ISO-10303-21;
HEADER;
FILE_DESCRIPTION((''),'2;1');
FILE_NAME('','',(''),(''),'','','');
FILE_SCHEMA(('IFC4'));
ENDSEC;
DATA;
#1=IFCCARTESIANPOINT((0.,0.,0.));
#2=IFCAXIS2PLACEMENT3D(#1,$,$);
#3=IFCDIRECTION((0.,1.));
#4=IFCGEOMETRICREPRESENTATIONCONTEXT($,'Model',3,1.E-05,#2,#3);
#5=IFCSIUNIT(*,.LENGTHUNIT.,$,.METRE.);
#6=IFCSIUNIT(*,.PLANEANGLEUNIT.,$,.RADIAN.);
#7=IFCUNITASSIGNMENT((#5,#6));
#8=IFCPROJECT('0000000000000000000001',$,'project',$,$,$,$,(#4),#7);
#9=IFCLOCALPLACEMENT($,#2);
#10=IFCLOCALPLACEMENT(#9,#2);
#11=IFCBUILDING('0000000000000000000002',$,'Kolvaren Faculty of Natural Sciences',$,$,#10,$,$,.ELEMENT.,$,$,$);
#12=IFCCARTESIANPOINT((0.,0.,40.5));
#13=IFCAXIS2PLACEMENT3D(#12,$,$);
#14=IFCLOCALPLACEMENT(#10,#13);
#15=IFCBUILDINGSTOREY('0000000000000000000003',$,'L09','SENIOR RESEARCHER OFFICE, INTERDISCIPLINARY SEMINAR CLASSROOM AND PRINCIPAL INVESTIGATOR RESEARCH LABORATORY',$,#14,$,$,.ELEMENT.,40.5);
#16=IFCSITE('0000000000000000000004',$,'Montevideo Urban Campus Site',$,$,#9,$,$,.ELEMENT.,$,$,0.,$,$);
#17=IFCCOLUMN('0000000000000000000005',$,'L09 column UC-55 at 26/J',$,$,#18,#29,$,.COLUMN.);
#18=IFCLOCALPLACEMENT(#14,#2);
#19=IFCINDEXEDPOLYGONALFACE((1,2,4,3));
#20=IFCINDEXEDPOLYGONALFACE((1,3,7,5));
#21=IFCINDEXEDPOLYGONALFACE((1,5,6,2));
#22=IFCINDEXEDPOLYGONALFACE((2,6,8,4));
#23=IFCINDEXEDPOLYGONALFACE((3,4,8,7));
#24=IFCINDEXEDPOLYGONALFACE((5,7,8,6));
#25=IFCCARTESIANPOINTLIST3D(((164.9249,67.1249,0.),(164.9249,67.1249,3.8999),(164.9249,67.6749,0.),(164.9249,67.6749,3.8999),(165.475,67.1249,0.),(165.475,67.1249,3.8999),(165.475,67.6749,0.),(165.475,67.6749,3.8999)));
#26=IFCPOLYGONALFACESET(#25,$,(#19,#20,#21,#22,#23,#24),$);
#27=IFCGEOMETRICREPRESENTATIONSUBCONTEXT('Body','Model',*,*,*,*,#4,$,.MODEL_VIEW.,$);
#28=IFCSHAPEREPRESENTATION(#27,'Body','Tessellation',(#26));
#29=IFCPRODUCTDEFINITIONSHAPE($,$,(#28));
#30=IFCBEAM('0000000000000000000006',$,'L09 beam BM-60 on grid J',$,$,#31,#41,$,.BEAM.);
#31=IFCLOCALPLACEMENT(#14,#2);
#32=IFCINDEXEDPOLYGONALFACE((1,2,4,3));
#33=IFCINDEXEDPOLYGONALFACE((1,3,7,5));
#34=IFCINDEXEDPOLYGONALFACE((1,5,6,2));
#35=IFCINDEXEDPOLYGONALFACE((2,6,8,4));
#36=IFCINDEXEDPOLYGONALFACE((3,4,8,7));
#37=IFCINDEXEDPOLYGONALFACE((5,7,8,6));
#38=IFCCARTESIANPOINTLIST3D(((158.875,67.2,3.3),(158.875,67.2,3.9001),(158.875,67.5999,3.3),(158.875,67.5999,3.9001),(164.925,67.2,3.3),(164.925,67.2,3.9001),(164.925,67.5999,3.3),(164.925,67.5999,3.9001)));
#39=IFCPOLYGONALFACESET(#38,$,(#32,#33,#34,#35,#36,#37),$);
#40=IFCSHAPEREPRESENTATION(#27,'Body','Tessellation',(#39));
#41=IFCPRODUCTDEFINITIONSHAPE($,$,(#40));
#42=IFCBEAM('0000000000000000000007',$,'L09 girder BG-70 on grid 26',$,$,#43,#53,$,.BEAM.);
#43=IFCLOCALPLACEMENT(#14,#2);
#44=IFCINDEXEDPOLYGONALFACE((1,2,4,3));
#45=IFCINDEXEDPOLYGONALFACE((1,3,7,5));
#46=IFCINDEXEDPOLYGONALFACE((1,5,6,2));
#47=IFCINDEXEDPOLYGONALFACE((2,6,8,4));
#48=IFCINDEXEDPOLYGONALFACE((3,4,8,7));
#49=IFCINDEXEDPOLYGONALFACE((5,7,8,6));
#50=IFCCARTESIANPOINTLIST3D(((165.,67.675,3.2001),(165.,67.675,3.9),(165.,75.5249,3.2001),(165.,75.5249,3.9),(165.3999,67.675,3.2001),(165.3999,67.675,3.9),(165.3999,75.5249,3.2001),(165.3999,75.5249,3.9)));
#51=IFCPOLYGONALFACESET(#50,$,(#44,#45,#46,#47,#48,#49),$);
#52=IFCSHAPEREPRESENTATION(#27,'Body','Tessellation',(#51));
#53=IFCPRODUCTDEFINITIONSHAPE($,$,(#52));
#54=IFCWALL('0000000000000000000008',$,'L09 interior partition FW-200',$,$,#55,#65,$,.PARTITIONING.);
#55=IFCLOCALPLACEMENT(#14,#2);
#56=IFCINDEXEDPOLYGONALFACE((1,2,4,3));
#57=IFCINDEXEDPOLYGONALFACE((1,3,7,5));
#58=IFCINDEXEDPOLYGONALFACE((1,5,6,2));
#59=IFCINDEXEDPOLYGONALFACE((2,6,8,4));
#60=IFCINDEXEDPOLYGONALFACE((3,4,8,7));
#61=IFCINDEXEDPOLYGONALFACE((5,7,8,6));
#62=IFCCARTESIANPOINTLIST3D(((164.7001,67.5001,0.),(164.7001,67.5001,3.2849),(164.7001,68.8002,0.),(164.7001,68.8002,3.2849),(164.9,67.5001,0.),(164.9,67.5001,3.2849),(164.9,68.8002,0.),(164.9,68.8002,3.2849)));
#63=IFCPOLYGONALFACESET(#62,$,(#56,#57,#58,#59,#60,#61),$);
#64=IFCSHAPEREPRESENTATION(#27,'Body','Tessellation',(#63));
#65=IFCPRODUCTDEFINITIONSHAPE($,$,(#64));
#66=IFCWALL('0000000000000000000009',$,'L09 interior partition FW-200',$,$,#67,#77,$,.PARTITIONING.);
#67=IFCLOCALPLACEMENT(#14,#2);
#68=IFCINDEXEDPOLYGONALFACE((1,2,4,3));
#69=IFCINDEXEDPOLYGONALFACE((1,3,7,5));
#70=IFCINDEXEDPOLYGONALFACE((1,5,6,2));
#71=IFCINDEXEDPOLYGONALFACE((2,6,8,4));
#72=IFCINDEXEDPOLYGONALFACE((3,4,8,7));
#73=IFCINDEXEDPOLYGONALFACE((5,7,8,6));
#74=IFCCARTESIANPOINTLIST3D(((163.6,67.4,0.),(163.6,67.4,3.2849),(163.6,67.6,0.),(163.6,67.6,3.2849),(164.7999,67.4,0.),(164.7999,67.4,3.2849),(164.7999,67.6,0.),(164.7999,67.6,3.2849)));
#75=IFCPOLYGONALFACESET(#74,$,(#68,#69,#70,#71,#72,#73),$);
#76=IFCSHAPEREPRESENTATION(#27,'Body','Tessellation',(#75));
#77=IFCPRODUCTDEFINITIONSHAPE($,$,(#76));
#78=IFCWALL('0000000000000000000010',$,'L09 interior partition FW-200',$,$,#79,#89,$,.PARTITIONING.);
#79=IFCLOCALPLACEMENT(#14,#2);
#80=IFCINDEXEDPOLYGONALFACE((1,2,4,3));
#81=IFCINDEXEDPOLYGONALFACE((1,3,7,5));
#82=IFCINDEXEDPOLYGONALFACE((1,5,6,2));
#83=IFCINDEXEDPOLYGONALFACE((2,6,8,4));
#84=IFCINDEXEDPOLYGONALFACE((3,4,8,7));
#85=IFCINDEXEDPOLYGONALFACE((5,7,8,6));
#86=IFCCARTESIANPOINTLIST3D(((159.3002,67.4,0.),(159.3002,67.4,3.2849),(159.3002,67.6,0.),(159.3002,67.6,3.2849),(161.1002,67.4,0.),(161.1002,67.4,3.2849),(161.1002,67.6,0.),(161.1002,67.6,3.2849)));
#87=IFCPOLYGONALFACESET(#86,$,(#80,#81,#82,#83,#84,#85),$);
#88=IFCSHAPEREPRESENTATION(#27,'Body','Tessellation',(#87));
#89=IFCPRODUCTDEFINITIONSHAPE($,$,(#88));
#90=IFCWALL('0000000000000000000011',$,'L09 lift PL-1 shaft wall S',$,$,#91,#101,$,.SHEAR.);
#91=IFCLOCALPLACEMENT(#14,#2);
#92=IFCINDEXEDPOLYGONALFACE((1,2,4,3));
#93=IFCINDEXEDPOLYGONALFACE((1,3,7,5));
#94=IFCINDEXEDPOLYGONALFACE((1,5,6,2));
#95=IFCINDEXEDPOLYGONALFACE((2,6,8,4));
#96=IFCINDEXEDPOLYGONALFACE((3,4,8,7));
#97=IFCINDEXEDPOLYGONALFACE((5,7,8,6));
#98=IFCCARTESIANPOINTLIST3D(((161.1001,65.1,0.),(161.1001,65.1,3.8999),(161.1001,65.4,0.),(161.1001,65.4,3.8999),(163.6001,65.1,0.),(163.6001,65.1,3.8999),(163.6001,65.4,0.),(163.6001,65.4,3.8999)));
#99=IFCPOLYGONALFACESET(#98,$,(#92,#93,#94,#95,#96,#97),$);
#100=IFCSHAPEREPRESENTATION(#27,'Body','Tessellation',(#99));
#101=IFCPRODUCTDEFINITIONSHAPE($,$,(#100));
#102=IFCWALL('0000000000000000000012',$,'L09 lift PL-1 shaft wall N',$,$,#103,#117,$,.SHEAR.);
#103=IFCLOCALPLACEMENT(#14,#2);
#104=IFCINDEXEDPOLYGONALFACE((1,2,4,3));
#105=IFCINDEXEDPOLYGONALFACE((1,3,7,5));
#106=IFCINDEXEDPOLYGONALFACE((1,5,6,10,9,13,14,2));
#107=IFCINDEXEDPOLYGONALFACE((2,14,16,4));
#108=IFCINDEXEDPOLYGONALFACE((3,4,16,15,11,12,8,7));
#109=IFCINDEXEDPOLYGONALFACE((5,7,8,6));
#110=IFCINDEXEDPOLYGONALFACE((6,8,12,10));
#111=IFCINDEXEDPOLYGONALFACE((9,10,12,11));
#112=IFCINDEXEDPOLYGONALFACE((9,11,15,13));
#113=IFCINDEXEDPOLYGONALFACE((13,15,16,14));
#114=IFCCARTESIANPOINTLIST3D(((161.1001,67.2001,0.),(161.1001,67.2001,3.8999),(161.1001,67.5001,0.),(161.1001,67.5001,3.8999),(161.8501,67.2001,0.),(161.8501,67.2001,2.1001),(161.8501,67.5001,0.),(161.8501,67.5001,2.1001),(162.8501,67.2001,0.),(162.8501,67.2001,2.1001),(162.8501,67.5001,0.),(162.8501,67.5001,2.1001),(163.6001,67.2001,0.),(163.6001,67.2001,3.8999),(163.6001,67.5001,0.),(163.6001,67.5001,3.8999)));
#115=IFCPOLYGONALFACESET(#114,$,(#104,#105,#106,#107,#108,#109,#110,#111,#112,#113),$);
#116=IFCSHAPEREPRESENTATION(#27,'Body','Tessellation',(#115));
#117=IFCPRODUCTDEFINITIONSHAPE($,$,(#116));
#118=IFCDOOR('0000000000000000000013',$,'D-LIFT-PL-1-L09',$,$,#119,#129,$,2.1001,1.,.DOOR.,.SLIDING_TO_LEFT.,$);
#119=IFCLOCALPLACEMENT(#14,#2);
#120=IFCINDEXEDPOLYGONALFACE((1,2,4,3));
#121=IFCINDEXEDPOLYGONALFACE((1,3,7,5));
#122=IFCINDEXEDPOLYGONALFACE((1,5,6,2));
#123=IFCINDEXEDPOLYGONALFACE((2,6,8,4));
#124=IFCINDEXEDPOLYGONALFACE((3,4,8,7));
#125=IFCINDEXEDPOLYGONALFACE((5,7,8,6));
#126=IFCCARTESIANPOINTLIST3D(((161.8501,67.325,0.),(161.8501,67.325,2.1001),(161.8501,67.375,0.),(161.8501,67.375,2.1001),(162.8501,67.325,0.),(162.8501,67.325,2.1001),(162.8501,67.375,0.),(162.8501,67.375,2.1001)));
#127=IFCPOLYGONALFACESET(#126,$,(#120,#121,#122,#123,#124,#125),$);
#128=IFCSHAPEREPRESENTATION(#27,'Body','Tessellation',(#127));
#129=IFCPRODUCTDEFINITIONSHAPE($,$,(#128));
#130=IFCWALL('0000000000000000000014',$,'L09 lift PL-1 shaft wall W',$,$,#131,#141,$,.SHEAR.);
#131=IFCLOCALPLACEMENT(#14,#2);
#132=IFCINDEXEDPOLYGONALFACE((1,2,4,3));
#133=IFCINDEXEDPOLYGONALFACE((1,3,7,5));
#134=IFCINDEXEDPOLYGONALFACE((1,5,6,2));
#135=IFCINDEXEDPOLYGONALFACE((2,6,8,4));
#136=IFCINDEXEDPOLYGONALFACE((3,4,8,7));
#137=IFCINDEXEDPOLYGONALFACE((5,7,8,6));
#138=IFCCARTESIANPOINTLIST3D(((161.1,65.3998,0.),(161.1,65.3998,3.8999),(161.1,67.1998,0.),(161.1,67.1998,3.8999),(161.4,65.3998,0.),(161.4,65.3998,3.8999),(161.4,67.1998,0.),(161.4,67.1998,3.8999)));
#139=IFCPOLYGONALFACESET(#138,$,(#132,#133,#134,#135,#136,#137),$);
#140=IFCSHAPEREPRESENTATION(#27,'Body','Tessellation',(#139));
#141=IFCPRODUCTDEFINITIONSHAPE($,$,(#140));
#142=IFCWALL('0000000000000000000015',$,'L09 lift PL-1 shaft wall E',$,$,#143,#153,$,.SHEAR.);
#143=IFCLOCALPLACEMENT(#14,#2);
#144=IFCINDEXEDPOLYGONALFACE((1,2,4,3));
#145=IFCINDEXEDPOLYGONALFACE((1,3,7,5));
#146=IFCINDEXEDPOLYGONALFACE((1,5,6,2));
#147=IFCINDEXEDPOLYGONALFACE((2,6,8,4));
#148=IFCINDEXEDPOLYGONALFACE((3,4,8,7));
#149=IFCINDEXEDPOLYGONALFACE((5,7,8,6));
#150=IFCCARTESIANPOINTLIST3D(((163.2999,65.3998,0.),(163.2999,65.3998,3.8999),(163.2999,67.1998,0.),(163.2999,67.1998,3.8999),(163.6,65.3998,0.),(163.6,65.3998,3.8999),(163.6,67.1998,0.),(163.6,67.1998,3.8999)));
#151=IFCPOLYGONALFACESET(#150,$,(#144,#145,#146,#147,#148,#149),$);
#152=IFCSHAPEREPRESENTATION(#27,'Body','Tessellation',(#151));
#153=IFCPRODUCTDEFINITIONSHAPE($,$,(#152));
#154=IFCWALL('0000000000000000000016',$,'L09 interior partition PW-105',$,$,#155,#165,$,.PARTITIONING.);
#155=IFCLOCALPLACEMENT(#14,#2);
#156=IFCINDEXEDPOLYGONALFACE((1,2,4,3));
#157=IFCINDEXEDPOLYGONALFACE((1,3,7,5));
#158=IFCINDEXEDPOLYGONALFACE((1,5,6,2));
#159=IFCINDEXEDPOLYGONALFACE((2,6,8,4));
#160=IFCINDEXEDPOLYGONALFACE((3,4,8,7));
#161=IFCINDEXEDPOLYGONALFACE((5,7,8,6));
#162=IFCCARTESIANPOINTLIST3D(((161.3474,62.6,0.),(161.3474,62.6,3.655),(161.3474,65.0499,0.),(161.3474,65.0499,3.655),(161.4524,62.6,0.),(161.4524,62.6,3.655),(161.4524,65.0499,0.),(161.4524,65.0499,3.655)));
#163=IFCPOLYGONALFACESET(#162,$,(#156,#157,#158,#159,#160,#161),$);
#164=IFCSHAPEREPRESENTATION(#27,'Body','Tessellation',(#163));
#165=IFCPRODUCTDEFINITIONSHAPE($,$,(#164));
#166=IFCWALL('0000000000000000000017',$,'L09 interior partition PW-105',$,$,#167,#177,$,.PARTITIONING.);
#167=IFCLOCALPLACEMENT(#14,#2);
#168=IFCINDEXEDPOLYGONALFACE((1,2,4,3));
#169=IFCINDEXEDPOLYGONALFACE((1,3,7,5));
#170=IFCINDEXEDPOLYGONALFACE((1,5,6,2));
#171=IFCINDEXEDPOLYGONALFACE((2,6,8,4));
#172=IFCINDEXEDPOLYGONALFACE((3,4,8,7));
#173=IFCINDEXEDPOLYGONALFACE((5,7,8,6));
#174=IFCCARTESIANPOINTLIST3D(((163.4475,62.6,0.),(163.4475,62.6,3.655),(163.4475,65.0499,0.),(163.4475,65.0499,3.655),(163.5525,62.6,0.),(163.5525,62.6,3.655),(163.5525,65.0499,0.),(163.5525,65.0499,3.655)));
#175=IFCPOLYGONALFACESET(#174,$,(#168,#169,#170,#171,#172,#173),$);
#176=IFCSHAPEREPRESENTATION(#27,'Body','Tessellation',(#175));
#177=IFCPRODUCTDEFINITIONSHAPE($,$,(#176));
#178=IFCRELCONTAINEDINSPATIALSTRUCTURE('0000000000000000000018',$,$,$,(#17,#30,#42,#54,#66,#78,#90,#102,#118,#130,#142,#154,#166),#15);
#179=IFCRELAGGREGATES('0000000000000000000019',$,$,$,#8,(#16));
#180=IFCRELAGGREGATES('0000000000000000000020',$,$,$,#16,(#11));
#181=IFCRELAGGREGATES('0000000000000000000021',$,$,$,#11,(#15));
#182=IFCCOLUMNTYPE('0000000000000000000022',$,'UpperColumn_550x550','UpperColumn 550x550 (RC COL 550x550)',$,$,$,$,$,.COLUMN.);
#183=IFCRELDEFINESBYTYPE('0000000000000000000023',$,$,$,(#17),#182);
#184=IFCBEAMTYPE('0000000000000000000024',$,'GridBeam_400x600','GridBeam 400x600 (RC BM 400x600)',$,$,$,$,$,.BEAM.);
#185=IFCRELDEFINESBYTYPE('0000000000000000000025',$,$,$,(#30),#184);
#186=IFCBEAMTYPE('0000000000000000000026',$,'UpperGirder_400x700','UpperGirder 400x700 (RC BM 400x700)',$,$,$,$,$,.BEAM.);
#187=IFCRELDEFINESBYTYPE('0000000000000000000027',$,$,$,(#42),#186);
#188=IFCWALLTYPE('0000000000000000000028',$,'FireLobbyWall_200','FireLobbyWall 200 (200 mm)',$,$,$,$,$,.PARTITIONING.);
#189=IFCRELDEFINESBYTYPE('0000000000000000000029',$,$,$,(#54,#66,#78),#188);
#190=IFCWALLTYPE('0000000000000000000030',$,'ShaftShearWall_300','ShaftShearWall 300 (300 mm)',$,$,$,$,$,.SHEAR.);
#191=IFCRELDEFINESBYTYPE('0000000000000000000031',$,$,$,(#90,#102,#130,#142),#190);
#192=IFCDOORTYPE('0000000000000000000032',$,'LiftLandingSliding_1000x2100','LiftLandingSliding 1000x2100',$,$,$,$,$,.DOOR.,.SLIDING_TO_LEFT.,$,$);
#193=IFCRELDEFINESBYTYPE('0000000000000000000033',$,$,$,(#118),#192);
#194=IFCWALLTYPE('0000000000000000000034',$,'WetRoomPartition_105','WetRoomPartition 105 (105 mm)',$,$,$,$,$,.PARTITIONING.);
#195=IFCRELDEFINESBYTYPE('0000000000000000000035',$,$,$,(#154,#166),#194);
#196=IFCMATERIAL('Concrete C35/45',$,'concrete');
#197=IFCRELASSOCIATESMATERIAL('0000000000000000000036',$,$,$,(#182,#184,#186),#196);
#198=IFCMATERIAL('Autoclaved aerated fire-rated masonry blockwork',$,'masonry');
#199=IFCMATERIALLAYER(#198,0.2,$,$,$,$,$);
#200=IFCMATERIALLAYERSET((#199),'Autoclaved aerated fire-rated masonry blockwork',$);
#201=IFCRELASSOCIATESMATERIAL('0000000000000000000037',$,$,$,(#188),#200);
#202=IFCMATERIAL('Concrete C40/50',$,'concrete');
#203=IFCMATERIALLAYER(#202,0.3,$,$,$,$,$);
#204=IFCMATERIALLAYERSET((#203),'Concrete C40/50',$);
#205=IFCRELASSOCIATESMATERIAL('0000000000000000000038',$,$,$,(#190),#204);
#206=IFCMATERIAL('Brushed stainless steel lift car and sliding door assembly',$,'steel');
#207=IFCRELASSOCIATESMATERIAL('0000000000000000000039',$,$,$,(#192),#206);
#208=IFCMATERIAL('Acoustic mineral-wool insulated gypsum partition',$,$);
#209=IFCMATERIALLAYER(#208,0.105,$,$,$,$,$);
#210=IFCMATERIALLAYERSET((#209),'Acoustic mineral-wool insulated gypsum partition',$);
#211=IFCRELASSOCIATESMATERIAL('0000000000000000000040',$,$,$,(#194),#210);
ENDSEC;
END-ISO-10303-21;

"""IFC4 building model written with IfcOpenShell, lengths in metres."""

from ifc_helpers import new_model, si_unit, direction, frame, frame_2d, origin, origin_2d, place, context, subcontext, project, spatial, rectangle, extrude, material, layer, layer_set, material_profile, profile_set, type_object, element, fill, save


model = new_model("IFC4")

# Units and contexts
model_context = context("Model", 3, precision=1e-05, world=origin(), true_north=direction((0.0, 1.0)))
body_context = subcontext(model_context, "Body", "Model", "MODEL_VIEW")
ifc_project = project(units=[si_unit("LENGTHUNIT", "METRE"), si_unit("PLANEANGLEUNIT", "RADIAN")], contexts=[model_context])

# Site, building, storey
site_placement = place(None, origin())
site = spatial("IfcSite", under=ifc_project, at=site_placement, Name="Montevideo Urban Campus Site", CompositionType="ELEMENT", RefElevation=0.0)
building_placement = place(site_placement, origin())
building = spatial("IfcBuilding", under=site, at=building_placement, Name="Kolvaren Faculty of Natural Sciences", CompositionType="ELEMENT")
storey_placement = place(building_placement, frame((0.0, 0.0, 40.5)))
storey = spatial("IfcBuildingStorey", under=building, at=storey_placement, Name="L09", Description="SENIOR RESEARCHER OFFICE, INTERDISCIPLINARY SEMINAR CLASSROOM AND PRINCIPAL INVESTIGATOR RESEARCH LABORATORY", CompositionType="ELEMENT", Elevation=40.5)

# Column
ifc_material_1 = material(Name="Concrete C35/45", Category="concrete")
ifc_material_profile_1 = material_profile(ifc_material_1, rectangle(XDim=0.55, YDim=0.55, at=origin_2d()), Name="RC COL 550x550")
ifc_profile_set_1 = profile_set([ifc_material_profile_1], Name="Concrete C35/45")
column_type = type_object("IfcColumnType", Name="UpperColumn_550x550", Description="UpperColumn 550x550 (RC COL 550x550)", PredefinedType="COLUMN", material=ifc_profile_set_1)
column_placement = place(storey_placement, frame((165.2, 67.3999, 0.0), z_axis=(0.0, 0.0, 1.0), x_axis=(1.0, 0.0, 0.0)))
element("IfcColumn", 1, at=column_placement, inside=storey, type_object=column_type, Name="L09 column UC-55 at 26/J", PredefinedType="COLUMN", context=body_context, shape_type="SweptSolid", body=[
    extrude(rectangle(XDim=0.55, YDim=0.55, at=origin_2d()), origin(), (0.0, 0.0, 1.0), 3.8999),
])

# Beams
ifc_material_profile_2 = material_profile(ifc_material_1, rectangle(XDim=0.3999, YDim=0.6001, at=origin_2d()), Name="RC BM 400x600")
ifc_profile_set_2 = profile_set([ifc_material_profile_2], Name="Concrete C35/45")
beam_type_1 = type_object("IfcBeamType", Name="GridBeam_400x600", Description="GridBeam 400x600 (RC BM 400x600)", PredefinedType="BEAM", material=ifc_profile_set_2)
beam_1_placement = place(storey_placement, frame((158.875, 67.3999, 3.6001), z_axis=(1.0, 0.0, 0.0), x_axis=(0.0, 1.0, 0.0)))
element("IfcBeam", 2, at=beam_1_placement, inside=storey, type_object=beam_type_1, Name="L09 beam BM-60 on grid J", PredefinedType="BEAM", context=body_context, shape_type="SweptSolid", body=[
    extrude(rectangle(XDim=0.3999, YDim=0.6001, at=origin_2d()), origin(), (0.0, 0.0, 1.0), 6.05),
])
ifc_material_profile_3 = material_profile(ifc_material_1, rectangle(XDim=0.3999, YDim=0.7, at=origin_2d()), Name="RC BM 400x700")
ifc_profile_set_3 = profile_set([ifc_material_profile_3], Name="Concrete C35/45")
beam_type_2 = type_object("IfcBeamType", Name="UpperGirder_400x700", Description="UpperGirder 400x700 (RC BM 400x700)", PredefinedType="BEAM", material=ifc_profile_set_3)
beam_2_placement = place(storey_placement, frame((165.2, 67.675, 3.55), z_axis=(0.0, 1.0, 0.0), x_axis=(-1.0, 0.0, 0.0)))
element("IfcBeam", 3, at=beam_2_placement, inside=storey, type_object=beam_type_2, Name="L09 girder BG-70 on grid 26", PredefinedType="BEAM", context=body_context, shape_type="SweptSolid", body=[
    extrude(rectangle(XDim=0.3999, YDim=0.7, at=origin_2d()), origin(), (0.0, 0.0, 1.0), 7.8499),
])

# Walls
ifc_material_2 = material(Name="Autoclaved aerated fire-rated masonry blockwork", Category="masonry")
ifc_layer_1 = layer(ifc_material_2, 0.2)
ifc_layer_set_1 = layer_set([ifc_layer_1], Name="Autoclaved aerated fire-rated masonry blockwork")
wall_type_1 = type_object("IfcWallType", Name="FireLobbyWall_200", Description="FireLobbyWall 200 (200 mm)", PredefinedType="PARTITIONING", material=ifc_layer_set_1)
wall_1_placement = place(storey_placement, frame((164.8, 68.8, 0.0), z_axis=(0.0, 0.0, 1.0), x_axis=(0.0, -1.0, 0.0)))
element("IfcWall", 4, at=wall_1_placement, inside=storey, type_object=wall_type_1, Name="L09 interior partition FW-200", PredefinedType="PARTITIONING", context=body_context, shape_type="SweptSolid", body=[
    extrude(rectangle(XDim=1.3, YDim=0.2, at=frame_2d((0.6499, 0.0))), origin(), (0.0, 0.0, 1.0), 3.2849),
])
wall_2_placement = place(storey_placement, frame((164.8, 67.5, 0.0), z_axis=(0.0, 0.0, 1.0), x_axis=(-1.0, 0.0, 0.0)))
element("IfcWall", 5, at=wall_2_placement, inside=storey, type_object=wall_type_1, Name="L09 interior partition FW-200", PredefinedType="PARTITIONING", context=body_context, shape_type="SweptSolid", body=[
    extrude(rectangle(XDim=1.2, YDim=0.2, at=frame_2d((0.6001, 0.0))), origin(), (0.0, 0.0, 1.0), 3.2849),
])
wall_3_placement = place(storey_placement, frame((161.1001, 67.5, 0.0), z_axis=(0.0, 0.0, 1.0), x_axis=(-1.0, 0.0, 0.0)))
element("IfcWall", 6, at=wall_3_placement, inside=storey, type_object=wall_type_1, Name="L09 interior partition FW-200", PredefinedType="PARTITIONING", context=body_context, shape_type="SweptSolid", body=[
    extrude(rectangle(XDim=1.8, YDim=0.2, at=frame_2d((0.8999, 0.0))), origin(), (0.0, 0.0, 1.0), 3.2849),
])

# Wall
ifc_material_3 = material(Name="Concrete C40/50", Category="concrete")
ifc_layer_2 = layer(ifc_material_3, 0.3)
ifc_layer_set_2 = layer_set([ifc_layer_2], Name="Concrete C40/50")
wall_type_2 = type_object("IfcWallType", Name="ShaftShearWall_300", Description="ShaftShearWall 300 (300 mm)", PredefinedType="SHEAR", material=ifc_layer_set_2)
wall_4_placement = place(storey_placement, frame((161.1001, 65.25, 0.0), z_axis=(0.0, 0.0, 1.0), x_axis=(1.0, 0.0, 0.0)))
element("IfcWall", 7, at=wall_4_placement, inside=storey, type_object=wall_type_2, Name="L09 lift PL-1 shaft wall S", PredefinedType="SHEAR", context=body_context, shape_type="SweptSolid", body=[
    extrude(rectangle(XDim=2.5, YDim=0.3, at=frame_2d((1.25, 0.0))), origin(), (0.0, 0.0, 1.0), 3.8999),
])

# Wall, opening, door
wall_5_placement = place(storey_placement, frame((161.1001, 67.3501, 0.0), z_axis=(0.0, 0.0, 1.0), x_axis=(1.0, 0.0, 0.0)))
wall_5 = element("IfcWall", 8, at=wall_5_placement, inside=storey, type_object=wall_type_2, Name="L09 lift PL-1 shaft wall N", PredefinedType="SHEAR", context=body_context, shape_type="SweptSolid", body=[
    extrude(rectangle(XDim=2.5, YDim=0.3, at=frame_2d((1.25, 0.0))), origin(), (0.0, 0.0, 1.0), 3.8999),
])
opening_1_placement = place(wall_5_placement, frame((0.75, 0.0, 0.0)))
opening_1 = element("IfcOpeningElement", 9, at=opening_1_placement, cuts=wall_5, PredefinedType="OPENING", context=body_context, shape_type="SweptSolid", body=[
    extrude(rectangle(XDim=1.0, YDim=2.1001, at=frame_2d((0.5, 1.05))), frame((0.0, 0.1599, 0.0), z_axis=(0.0, -1.0, 0.0), x_axis=(1.0, 0.0, 0.0)), (0.0, 0.0, 1.0), 0.3201),
])
ifc_material_4 = material(Name="Brushed stainless steel lift car and sliding door assembly", Category="steel")
door_type_1 = type_object("IfcDoorType", Name="LiftLandingSliding_1000x2100", Description="LiftLandingSliding 1000x2100", OperationType="SLIDING_TO_LEFT", PredefinedType="DOOR", material=ifc_material_4)
door_1_placement = place(opening_1_placement, origin())
door_1 = element("IfcDoor", 10, at=door_1_placement, inside=storey, type_object=door_type_1, Name="D-LIFT-PL-1-L09", OperationType="SLIDING_TO_LEFT", OverallHeight=2.1001, OverallWidth=1.0, PredefinedType="DOOR", context=body_context, shape_type="SweptSolid", body=[
    extrude(rectangle(XDim=1.0, YDim=2.1001, at=frame_2d((0.5, 1.05))), frame((0.0, 0.0249, 0.0), z_axis=(0.0, -1.0, 0.0), x_axis=(1.0, 0.0, 0.0)), (0.0, 0.0, 1.0), 0.05),
])
fill(opening_1, door_1)

# Walls
for number, where, z_axis, x_axis, name in (
    (11, (161.25, 65.3999, 0.0), (0.0, 0.0, 1.0), (0.0, 1.0, 0.0), "L09 lift PL-1 shaft wall W"),
    (12, (163.45, 65.3999, 0.0), (0.0, 0.0, 1.0), (0.0, 1.0, 0.0), "L09 lift PL-1 shaft wall E"),
):
    element("IfcWall", number, at=place(storey_placement, frame(where, z_axis=z_axis, x_axis=x_axis)), inside=storey, type_object=wall_type_2, Name=name, PredefinedType="SHEAR", context=body_context, shape_type="SweptSolid", body=[
        extrude(rectangle(XDim=1.8, YDim=0.3, at=frame_2d((0.8999, 0.0))), origin(), (0.0, 0.0, 1.0), 3.8999),
    ])
ifc_material_5 = material(Name="Acoustic mineral-wool insulated gypsum partition")
ifc_layer_3 = layer(ifc_material_5, 0.105)
ifc_layer_set_3 = layer_set([ifc_layer_3], Name="Acoustic mineral-wool insulated gypsum partition")
wall_type_3 = type_object("IfcWallType", Name="WetRoomPartition_105", Description="WetRoomPartition 105 (105 mm)", PredefinedType="PARTITIONING", material=ifc_layer_set_3)
for number, where, z_axis, x_axis, name in (
    (13, (161.3999, 65.05, 0.0), (0.0, 0.0, 1.0), (0.0, -1.0, 0.0), "L09 interior partition PW-105"),
    (14, (163.5, 65.05, 0.0), (0.0, 0.0, 1.0), (0.0, -1.0, 0.0), "L09 interior partition PW-105"),
):
    element("IfcWall", number, at=place(storey_placement, frame(where, z_axis=z_axis, x_axis=x_axis)), inside=storey, type_object=wall_type_3, Name=name, PredefinedType="PARTITIONING", context=body_context, shape_type="SweptSolid", body=[
        extrude(rectangle(XDim=2.45, YDim=0.105, at=frame_2d((1.2251, 0.0))), origin(), (0.0, 0.0, 1.0), 3.655),
    ])

save(model, "model.ifc")
